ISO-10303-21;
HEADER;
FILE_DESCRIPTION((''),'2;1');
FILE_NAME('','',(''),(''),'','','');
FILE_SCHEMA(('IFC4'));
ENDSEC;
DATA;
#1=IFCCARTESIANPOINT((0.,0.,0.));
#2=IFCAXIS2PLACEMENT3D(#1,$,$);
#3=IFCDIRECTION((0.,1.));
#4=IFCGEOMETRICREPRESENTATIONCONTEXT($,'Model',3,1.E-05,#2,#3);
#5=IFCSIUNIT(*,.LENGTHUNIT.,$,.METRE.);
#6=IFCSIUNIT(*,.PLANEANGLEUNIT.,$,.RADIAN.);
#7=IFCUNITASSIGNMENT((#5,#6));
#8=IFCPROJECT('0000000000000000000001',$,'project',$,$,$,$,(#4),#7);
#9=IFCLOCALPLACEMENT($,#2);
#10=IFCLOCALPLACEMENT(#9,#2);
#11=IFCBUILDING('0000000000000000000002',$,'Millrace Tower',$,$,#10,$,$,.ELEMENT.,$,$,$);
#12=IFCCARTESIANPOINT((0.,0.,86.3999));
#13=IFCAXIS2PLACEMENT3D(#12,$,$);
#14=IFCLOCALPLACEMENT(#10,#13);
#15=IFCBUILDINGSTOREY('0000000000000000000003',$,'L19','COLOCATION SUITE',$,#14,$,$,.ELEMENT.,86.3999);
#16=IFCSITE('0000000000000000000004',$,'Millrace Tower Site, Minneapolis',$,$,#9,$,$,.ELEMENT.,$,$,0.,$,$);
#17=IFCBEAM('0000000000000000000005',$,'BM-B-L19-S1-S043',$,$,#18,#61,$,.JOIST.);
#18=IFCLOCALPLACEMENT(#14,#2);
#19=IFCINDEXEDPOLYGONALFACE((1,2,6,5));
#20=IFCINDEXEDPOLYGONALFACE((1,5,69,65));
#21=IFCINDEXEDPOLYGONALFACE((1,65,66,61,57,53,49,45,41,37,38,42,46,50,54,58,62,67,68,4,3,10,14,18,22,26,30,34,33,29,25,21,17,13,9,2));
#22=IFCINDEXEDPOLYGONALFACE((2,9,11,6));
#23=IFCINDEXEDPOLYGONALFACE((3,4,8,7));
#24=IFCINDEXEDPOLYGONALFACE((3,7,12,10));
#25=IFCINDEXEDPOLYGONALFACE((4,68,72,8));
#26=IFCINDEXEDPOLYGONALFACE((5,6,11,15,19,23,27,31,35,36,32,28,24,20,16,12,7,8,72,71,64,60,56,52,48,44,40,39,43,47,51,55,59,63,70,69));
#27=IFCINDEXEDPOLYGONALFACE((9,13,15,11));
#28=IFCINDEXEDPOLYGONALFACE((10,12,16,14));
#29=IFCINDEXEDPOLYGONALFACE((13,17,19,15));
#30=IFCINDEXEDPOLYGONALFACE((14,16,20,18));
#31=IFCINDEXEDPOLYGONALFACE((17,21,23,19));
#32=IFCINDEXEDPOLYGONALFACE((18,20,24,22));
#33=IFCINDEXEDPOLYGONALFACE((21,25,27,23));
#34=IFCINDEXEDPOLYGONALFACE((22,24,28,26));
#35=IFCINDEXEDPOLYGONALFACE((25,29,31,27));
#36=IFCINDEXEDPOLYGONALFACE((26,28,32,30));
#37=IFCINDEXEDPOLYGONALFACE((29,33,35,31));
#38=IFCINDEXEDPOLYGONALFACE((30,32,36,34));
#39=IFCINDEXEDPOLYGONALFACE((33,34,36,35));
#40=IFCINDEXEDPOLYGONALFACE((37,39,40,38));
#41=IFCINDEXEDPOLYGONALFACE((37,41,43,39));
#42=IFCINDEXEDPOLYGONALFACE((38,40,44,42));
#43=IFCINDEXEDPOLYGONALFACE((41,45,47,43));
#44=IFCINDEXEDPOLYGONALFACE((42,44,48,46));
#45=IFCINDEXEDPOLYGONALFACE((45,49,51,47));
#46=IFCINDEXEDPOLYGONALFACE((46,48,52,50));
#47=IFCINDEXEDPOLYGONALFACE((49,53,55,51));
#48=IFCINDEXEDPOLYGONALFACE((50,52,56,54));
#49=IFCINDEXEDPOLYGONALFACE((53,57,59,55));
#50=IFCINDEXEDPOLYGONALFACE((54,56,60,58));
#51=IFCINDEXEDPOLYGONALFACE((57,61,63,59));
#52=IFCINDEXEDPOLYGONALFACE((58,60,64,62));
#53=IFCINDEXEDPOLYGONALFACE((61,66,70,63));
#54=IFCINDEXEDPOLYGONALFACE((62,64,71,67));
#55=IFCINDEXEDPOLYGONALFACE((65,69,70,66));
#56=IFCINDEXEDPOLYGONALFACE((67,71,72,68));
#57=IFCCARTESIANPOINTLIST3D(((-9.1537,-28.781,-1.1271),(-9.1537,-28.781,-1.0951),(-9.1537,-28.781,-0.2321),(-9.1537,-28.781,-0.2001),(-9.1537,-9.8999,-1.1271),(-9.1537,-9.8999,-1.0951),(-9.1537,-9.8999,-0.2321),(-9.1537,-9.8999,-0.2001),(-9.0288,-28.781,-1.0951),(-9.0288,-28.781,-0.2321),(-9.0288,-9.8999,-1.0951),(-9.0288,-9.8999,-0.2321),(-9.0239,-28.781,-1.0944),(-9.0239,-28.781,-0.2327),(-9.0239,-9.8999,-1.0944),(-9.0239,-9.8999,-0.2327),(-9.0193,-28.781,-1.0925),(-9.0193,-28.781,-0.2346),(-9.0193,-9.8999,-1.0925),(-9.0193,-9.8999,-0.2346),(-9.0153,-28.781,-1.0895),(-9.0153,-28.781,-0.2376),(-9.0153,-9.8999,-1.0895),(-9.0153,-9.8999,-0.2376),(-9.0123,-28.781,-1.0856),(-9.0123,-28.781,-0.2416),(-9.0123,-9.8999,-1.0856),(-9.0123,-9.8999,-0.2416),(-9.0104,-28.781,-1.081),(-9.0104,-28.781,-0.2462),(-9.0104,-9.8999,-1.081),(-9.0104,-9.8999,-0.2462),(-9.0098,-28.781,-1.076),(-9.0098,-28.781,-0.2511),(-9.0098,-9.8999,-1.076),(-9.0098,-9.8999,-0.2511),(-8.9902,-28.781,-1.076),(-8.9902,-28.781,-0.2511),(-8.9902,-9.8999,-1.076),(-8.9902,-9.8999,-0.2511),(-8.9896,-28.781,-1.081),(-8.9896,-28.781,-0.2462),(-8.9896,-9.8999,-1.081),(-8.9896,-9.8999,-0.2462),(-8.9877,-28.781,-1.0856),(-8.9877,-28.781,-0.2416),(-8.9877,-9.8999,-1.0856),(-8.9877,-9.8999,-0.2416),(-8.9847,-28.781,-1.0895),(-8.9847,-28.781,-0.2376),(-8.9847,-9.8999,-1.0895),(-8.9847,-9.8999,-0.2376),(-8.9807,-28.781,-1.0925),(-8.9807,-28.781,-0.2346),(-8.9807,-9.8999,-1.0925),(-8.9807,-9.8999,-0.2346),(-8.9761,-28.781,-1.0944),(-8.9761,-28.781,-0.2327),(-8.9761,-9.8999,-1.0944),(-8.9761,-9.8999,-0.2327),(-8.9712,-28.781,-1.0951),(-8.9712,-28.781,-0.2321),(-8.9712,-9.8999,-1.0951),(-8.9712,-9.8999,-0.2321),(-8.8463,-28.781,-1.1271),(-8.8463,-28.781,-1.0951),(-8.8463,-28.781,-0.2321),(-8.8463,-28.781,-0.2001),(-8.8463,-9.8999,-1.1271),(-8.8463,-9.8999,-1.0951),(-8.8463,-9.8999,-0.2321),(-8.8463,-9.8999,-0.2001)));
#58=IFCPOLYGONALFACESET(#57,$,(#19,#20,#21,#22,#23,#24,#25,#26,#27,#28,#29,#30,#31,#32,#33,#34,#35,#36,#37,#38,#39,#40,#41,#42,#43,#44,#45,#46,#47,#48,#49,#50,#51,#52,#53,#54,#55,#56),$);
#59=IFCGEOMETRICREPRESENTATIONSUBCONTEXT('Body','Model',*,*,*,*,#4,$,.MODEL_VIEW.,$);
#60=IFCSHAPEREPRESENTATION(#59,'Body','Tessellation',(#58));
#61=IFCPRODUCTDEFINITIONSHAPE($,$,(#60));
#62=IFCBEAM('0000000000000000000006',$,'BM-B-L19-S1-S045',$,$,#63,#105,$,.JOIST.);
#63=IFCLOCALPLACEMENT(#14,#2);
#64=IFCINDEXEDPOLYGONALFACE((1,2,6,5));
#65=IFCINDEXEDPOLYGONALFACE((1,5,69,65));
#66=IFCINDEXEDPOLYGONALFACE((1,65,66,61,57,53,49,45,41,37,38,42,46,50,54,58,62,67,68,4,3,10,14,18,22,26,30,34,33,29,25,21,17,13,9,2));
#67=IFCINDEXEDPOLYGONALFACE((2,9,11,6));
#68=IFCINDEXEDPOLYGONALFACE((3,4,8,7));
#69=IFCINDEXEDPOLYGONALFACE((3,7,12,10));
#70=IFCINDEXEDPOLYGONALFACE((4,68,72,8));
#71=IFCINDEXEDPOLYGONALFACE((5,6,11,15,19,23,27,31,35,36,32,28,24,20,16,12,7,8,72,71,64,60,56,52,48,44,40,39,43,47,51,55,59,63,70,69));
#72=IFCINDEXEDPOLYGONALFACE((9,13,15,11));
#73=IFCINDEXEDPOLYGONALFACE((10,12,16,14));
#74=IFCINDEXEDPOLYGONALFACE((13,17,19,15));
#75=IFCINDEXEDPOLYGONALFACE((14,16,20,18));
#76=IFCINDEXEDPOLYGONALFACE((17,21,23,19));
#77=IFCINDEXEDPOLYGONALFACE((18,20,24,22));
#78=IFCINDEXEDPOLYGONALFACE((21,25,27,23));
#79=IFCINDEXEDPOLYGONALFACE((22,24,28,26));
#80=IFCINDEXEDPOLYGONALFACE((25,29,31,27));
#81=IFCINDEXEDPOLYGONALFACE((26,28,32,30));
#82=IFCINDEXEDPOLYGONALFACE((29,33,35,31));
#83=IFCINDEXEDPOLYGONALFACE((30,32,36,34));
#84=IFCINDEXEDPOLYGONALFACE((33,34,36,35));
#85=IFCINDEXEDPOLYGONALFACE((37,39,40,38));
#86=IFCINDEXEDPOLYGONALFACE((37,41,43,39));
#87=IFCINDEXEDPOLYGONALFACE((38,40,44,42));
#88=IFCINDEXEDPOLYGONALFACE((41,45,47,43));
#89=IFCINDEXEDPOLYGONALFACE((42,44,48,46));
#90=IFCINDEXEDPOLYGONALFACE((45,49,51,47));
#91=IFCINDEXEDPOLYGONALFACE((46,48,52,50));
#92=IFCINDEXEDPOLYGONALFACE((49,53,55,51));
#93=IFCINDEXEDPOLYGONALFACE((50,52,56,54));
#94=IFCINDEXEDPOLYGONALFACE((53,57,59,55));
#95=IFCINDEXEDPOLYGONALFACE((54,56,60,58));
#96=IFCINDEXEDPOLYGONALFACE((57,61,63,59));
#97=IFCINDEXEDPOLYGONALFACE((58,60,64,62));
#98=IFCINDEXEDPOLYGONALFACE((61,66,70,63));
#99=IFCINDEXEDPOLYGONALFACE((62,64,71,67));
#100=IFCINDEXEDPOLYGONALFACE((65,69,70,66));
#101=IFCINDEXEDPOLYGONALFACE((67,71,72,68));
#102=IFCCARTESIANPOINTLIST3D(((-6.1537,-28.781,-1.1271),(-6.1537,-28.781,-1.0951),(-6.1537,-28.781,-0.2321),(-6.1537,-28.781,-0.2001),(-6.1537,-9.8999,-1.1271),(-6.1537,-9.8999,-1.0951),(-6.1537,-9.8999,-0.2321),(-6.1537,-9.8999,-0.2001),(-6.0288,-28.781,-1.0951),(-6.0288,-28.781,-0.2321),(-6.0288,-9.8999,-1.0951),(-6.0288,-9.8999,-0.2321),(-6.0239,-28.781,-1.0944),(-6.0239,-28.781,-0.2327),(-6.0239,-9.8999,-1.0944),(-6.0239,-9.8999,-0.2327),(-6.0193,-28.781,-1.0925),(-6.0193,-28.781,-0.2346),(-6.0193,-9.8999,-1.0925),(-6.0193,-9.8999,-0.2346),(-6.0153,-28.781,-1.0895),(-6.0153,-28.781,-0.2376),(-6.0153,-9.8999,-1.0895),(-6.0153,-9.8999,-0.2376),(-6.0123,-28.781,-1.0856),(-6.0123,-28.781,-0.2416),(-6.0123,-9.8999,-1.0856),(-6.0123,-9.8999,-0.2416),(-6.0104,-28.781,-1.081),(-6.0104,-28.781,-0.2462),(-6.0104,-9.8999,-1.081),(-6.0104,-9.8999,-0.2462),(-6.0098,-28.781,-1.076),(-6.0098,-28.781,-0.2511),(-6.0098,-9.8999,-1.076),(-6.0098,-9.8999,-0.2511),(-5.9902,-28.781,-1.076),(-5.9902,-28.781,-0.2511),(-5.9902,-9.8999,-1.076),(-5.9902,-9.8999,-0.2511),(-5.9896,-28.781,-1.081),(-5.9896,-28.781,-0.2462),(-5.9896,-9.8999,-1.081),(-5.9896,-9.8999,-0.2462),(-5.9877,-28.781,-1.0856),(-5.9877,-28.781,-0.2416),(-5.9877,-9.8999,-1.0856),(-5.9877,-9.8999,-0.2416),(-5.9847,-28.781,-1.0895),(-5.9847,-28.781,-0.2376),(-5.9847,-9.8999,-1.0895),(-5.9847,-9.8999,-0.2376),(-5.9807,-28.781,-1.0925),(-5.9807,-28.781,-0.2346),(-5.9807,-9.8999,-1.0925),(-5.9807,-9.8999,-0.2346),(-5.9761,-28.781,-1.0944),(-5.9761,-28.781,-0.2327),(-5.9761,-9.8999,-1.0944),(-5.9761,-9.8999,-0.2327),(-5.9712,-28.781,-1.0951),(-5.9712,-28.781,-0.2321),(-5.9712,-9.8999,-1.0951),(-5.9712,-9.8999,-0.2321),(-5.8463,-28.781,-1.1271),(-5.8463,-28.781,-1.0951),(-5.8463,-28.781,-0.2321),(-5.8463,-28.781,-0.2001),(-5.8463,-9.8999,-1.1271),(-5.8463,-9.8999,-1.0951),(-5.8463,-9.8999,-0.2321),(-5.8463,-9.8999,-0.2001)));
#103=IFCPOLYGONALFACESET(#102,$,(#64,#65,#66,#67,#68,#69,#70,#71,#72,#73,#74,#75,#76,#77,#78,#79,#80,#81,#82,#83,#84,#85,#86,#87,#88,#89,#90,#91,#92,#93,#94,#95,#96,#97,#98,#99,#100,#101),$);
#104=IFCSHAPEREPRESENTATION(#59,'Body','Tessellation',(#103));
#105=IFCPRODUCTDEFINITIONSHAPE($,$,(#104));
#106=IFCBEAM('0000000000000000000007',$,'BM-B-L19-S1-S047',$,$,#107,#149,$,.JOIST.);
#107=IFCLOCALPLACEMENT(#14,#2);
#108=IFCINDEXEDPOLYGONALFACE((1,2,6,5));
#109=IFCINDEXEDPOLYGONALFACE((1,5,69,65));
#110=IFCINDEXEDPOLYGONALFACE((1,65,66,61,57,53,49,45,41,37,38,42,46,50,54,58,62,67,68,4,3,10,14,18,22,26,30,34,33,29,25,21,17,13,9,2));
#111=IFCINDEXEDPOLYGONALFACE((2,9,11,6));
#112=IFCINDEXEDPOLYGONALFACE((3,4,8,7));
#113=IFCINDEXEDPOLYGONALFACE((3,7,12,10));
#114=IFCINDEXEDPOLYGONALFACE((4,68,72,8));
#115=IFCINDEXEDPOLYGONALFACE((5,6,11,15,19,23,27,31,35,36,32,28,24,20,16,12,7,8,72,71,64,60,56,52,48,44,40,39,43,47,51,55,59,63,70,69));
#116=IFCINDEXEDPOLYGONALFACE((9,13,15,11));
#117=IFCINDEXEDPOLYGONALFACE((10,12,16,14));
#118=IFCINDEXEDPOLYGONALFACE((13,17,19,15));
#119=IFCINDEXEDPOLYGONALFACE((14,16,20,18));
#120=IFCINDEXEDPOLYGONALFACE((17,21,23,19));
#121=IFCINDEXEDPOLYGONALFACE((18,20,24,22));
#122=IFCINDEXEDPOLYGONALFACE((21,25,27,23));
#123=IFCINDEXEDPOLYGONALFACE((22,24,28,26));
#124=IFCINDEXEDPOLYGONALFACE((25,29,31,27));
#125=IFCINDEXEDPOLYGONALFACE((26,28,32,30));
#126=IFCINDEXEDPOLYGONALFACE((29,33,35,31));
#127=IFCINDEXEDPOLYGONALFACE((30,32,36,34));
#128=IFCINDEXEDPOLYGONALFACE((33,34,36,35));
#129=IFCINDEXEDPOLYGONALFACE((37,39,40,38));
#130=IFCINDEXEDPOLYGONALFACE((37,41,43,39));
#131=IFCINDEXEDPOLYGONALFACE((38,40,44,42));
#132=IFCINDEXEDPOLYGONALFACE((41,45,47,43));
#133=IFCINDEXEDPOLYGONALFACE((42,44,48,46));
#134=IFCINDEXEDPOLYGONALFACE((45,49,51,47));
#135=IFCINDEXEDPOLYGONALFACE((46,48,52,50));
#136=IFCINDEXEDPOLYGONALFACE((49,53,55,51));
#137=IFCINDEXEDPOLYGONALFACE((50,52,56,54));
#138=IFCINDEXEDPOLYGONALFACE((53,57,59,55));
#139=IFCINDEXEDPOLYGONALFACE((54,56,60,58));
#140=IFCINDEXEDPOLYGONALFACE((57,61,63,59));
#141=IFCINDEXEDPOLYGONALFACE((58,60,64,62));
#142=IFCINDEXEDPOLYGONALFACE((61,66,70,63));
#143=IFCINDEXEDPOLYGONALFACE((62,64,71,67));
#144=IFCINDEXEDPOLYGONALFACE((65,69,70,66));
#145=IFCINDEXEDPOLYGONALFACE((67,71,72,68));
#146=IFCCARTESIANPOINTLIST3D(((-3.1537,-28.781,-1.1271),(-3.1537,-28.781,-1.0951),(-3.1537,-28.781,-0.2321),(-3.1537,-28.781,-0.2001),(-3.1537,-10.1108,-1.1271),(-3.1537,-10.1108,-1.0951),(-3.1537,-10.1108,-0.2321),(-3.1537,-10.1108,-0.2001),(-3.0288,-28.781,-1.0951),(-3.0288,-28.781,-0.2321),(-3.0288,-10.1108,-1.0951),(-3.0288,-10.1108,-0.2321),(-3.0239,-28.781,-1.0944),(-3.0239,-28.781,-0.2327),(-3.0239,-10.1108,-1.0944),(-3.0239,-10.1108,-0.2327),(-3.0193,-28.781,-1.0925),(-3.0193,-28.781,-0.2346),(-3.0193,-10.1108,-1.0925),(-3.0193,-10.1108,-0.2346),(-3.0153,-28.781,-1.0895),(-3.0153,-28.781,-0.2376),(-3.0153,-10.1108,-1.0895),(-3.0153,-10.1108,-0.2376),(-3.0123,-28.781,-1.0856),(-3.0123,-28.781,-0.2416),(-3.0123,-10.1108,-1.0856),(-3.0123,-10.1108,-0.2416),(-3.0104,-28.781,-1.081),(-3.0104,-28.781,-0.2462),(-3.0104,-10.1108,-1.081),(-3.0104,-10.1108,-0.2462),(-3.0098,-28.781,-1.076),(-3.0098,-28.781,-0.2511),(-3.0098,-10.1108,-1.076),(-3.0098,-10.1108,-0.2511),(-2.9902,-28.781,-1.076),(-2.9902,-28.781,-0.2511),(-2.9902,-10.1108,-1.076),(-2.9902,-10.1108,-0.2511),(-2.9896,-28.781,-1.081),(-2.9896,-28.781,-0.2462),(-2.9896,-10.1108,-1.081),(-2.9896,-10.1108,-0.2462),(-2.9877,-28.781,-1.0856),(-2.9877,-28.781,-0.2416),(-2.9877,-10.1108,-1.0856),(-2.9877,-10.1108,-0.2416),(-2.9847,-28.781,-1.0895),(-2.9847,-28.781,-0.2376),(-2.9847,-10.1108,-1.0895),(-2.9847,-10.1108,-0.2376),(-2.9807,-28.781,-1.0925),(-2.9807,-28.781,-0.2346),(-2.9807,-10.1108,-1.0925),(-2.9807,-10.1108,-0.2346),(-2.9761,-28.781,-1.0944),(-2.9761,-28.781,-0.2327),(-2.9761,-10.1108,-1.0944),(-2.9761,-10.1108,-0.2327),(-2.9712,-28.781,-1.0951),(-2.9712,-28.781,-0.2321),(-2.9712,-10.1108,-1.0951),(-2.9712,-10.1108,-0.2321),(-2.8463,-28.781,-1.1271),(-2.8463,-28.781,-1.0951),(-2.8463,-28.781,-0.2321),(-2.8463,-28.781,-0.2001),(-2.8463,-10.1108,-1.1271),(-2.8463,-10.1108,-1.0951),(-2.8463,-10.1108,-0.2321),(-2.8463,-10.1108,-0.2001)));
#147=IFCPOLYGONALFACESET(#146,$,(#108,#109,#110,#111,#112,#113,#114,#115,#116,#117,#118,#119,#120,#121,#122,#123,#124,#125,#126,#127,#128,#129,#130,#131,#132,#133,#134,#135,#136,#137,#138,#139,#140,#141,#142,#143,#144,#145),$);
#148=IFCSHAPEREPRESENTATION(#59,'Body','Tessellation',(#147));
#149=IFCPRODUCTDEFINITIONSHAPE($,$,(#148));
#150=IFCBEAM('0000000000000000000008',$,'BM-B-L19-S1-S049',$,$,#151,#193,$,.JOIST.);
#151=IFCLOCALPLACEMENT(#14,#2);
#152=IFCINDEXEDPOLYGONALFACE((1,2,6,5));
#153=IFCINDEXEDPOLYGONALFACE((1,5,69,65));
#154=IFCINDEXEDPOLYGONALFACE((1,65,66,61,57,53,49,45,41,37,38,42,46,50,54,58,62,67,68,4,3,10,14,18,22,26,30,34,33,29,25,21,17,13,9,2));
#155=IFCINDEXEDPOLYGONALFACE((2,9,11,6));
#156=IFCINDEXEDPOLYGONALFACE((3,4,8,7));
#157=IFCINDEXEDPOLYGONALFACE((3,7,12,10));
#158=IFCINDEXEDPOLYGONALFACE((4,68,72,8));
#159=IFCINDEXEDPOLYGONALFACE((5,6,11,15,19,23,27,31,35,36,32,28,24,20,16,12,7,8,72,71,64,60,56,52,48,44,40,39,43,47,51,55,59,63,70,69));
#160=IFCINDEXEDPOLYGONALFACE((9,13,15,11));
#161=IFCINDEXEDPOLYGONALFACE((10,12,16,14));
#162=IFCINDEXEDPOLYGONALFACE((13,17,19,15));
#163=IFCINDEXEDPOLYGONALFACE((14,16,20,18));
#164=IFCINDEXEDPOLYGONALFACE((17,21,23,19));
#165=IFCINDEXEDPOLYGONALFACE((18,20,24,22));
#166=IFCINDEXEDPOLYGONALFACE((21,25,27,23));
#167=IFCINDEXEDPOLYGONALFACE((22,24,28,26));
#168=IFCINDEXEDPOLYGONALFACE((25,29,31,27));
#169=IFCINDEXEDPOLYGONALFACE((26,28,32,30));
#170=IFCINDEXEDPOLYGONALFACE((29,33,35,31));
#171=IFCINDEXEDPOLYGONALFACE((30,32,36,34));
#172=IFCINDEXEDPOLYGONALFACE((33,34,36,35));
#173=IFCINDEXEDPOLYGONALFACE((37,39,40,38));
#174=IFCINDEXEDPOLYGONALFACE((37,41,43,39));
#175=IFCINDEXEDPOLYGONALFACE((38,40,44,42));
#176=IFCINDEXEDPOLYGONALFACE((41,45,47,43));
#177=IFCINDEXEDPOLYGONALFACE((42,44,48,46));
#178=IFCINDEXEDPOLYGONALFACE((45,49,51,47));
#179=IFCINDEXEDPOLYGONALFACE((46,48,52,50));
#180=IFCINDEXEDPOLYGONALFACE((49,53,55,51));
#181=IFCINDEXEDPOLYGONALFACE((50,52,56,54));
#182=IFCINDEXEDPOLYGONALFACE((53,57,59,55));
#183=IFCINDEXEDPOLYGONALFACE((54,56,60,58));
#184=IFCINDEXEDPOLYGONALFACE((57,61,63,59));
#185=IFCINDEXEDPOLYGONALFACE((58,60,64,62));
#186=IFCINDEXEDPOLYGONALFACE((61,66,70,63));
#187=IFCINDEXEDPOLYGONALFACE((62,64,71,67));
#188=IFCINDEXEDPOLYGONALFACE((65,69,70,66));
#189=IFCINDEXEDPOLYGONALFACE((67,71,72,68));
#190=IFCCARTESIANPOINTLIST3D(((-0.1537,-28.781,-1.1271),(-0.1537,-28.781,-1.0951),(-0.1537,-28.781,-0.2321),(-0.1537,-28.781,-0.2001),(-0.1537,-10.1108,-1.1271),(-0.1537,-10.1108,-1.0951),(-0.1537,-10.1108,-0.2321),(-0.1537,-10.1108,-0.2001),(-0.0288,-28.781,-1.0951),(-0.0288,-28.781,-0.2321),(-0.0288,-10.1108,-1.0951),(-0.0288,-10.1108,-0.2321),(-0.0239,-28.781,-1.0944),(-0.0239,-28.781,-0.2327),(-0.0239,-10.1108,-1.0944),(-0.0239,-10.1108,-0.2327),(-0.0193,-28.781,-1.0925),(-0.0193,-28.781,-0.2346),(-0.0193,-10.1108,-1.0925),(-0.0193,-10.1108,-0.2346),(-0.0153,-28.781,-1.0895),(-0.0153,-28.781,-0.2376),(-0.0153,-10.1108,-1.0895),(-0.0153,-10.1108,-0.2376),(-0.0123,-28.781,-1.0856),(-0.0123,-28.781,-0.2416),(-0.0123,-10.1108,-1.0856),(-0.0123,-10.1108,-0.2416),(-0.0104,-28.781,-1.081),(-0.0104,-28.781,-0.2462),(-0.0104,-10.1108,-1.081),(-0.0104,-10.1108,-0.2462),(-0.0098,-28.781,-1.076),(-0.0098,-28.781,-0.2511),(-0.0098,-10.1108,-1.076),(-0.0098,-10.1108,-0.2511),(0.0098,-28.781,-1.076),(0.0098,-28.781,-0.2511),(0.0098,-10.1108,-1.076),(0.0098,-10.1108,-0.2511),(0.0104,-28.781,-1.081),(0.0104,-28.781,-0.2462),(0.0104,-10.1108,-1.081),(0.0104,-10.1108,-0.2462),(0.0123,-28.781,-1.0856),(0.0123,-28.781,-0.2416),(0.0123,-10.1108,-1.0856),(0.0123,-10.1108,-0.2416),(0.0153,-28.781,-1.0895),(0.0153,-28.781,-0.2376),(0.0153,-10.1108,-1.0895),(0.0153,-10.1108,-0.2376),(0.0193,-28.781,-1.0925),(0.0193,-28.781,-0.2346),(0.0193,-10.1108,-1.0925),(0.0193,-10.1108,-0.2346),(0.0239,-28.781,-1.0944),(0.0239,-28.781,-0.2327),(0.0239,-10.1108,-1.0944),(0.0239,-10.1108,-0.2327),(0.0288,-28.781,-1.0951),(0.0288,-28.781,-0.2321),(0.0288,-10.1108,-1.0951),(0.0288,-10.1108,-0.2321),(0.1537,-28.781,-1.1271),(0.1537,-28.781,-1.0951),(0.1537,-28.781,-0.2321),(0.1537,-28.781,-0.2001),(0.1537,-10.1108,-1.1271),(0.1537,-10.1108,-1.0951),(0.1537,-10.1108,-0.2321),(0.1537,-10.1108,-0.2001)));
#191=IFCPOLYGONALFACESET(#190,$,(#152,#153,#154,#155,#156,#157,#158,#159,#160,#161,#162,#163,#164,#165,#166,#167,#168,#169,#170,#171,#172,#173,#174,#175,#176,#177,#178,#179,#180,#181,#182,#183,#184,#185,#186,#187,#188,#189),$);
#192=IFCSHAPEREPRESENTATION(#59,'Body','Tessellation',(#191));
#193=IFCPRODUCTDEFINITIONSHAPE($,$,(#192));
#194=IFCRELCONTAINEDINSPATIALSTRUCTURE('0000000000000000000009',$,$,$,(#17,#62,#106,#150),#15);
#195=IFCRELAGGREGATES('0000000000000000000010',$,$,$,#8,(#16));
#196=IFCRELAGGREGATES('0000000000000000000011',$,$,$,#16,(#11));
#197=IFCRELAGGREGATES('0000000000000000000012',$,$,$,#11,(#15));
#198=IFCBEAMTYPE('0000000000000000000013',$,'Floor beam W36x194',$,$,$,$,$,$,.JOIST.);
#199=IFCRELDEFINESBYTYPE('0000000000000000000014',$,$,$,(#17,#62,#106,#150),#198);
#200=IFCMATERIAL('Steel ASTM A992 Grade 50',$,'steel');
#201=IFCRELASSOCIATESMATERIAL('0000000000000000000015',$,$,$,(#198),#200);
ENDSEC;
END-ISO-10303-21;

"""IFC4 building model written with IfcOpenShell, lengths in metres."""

from ifc_helpers import new_model, si_unit, direction, frame, origin, origin_2d, place, context, subcontext, project, spatial, i_section, extrude, material, material_profile, profile_set, type_object, element, save


model = new_model("IFC4")

# Units and contexts
model_context = context("Model", 3, precision=1e-05, world=origin(), true_north=direction((0.0, 1.0)))
body_context = subcontext(model_context, "Body", "Model", "MODEL_VIEW")
ifc_project = project(units=[si_unit("LENGTHUNIT", "METRE"), si_unit("PLANEANGLEUNIT", "RADIAN")], contexts=[model_context])

# Site, building, storey
site_placement = place(None, origin())
site = spatial("IfcSite", under=ifc_project, at=site_placement, Name="Millrace Tower Site, Minneapolis", CompositionType="ELEMENT", RefElevation=0.0)
building_placement = place(site_placement, origin())
building = spatial("IfcBuilding", under=site, at=building_placement, Name="Millrace Tower", CompositionType="ELEMENT")
storey_placement = place(building_placement, frame((0.0, 0.0, 86.3999)))
storey = spatial("IfcBuildingStorey", under=building, at=storey_placement, Name="L19", Description="COLOCATION SUITE", CompositionType="ELEMENT", Elevation=86.3999)

# Beams
ifc_material_1 = material(Name="Steel ASTM A992 Grade 50", Category="steel")
ifc_material_profile_1 = material_profile(ifc_material_1, i_section(OverallWidth=0.3074, OverallDepth=0.927, WebThickness=0.0195, FlangeThickness=0.032, FilletRadius=0.019, at=origin_2d()))
ifc_profile_set_1 = profile_set([ifc_material_profile_1], Name="Steel ASTM A992 Grade 50")
beam_type_1 = type_object("IfcBeamType", Name="Floor beam W36x194", PredefinedType="JOIST", material=ifc_profile_set_1)
for number, where, z_axis, x_axis, name in (
    (1, (-9.0, -28.781, -0.6636), (0.0, 1.0, 0.0), (-1.0, 0.0, 0.0), "BM-B-L19-S1-S043"),
    (2, (-6.0, -28.781, -0.6636), (0.0, 1.0, 0.0), (-1.0, 0.0, 0.0), "BM-B-L19-S1-S045"),
):
    element("IfcBeam", number, at=place(storey_placement, frame(where, z_axis=z_axis, x_axis=x_axis)), inside=storey, type_object=beam_type_1, Name=name, PredefinedType="JOIST", context=body_context, shape_type="SweptSolid", body=[
        extrude(i_section(OverallWidth=0.3074, OverallDepth=0.927, WebThickness=0.0195, FlangeThickness=0.032, FilletRadius=0.019, at=origin_2d()), origin(), (0.0, 0.0, 1.0), 18.8811),
    ])
for number, where, z_axis, x_axis, name in (
    (3, (-3.0, -28.781, -0.6636), (0.0, 1.0, 0.0), (-1.0, 0.0, 0.0), "BM-B-L19-S1-S047"),
    (4, (0.0, -28.781, -0.6636), (0.0, 1.0, 0.0), (-1.0, 0.0, 0.0), "BM-B-L19-S1-S049"),
):
    element("IfcBeam", number, at=place(storey_placement, frame(where, z_axis=z_axis, x_axis=x_axis)), inside=storey, type_object=beam_type_1, Name=name, PredefinedType="JOIST", context=body_context, shape_type="SweptSolid", body=[
        extrude(i_section(OverallWidth=0.3074, OverallDepth=0.927, WebThickness=0.0195, FlangeThickness=0.032, FilletRadius=0.019, at=origin_2d()), origin(), (0.0, 0.0, 1.0), 18.6702),
    ])

save(model, "model.ifc")
